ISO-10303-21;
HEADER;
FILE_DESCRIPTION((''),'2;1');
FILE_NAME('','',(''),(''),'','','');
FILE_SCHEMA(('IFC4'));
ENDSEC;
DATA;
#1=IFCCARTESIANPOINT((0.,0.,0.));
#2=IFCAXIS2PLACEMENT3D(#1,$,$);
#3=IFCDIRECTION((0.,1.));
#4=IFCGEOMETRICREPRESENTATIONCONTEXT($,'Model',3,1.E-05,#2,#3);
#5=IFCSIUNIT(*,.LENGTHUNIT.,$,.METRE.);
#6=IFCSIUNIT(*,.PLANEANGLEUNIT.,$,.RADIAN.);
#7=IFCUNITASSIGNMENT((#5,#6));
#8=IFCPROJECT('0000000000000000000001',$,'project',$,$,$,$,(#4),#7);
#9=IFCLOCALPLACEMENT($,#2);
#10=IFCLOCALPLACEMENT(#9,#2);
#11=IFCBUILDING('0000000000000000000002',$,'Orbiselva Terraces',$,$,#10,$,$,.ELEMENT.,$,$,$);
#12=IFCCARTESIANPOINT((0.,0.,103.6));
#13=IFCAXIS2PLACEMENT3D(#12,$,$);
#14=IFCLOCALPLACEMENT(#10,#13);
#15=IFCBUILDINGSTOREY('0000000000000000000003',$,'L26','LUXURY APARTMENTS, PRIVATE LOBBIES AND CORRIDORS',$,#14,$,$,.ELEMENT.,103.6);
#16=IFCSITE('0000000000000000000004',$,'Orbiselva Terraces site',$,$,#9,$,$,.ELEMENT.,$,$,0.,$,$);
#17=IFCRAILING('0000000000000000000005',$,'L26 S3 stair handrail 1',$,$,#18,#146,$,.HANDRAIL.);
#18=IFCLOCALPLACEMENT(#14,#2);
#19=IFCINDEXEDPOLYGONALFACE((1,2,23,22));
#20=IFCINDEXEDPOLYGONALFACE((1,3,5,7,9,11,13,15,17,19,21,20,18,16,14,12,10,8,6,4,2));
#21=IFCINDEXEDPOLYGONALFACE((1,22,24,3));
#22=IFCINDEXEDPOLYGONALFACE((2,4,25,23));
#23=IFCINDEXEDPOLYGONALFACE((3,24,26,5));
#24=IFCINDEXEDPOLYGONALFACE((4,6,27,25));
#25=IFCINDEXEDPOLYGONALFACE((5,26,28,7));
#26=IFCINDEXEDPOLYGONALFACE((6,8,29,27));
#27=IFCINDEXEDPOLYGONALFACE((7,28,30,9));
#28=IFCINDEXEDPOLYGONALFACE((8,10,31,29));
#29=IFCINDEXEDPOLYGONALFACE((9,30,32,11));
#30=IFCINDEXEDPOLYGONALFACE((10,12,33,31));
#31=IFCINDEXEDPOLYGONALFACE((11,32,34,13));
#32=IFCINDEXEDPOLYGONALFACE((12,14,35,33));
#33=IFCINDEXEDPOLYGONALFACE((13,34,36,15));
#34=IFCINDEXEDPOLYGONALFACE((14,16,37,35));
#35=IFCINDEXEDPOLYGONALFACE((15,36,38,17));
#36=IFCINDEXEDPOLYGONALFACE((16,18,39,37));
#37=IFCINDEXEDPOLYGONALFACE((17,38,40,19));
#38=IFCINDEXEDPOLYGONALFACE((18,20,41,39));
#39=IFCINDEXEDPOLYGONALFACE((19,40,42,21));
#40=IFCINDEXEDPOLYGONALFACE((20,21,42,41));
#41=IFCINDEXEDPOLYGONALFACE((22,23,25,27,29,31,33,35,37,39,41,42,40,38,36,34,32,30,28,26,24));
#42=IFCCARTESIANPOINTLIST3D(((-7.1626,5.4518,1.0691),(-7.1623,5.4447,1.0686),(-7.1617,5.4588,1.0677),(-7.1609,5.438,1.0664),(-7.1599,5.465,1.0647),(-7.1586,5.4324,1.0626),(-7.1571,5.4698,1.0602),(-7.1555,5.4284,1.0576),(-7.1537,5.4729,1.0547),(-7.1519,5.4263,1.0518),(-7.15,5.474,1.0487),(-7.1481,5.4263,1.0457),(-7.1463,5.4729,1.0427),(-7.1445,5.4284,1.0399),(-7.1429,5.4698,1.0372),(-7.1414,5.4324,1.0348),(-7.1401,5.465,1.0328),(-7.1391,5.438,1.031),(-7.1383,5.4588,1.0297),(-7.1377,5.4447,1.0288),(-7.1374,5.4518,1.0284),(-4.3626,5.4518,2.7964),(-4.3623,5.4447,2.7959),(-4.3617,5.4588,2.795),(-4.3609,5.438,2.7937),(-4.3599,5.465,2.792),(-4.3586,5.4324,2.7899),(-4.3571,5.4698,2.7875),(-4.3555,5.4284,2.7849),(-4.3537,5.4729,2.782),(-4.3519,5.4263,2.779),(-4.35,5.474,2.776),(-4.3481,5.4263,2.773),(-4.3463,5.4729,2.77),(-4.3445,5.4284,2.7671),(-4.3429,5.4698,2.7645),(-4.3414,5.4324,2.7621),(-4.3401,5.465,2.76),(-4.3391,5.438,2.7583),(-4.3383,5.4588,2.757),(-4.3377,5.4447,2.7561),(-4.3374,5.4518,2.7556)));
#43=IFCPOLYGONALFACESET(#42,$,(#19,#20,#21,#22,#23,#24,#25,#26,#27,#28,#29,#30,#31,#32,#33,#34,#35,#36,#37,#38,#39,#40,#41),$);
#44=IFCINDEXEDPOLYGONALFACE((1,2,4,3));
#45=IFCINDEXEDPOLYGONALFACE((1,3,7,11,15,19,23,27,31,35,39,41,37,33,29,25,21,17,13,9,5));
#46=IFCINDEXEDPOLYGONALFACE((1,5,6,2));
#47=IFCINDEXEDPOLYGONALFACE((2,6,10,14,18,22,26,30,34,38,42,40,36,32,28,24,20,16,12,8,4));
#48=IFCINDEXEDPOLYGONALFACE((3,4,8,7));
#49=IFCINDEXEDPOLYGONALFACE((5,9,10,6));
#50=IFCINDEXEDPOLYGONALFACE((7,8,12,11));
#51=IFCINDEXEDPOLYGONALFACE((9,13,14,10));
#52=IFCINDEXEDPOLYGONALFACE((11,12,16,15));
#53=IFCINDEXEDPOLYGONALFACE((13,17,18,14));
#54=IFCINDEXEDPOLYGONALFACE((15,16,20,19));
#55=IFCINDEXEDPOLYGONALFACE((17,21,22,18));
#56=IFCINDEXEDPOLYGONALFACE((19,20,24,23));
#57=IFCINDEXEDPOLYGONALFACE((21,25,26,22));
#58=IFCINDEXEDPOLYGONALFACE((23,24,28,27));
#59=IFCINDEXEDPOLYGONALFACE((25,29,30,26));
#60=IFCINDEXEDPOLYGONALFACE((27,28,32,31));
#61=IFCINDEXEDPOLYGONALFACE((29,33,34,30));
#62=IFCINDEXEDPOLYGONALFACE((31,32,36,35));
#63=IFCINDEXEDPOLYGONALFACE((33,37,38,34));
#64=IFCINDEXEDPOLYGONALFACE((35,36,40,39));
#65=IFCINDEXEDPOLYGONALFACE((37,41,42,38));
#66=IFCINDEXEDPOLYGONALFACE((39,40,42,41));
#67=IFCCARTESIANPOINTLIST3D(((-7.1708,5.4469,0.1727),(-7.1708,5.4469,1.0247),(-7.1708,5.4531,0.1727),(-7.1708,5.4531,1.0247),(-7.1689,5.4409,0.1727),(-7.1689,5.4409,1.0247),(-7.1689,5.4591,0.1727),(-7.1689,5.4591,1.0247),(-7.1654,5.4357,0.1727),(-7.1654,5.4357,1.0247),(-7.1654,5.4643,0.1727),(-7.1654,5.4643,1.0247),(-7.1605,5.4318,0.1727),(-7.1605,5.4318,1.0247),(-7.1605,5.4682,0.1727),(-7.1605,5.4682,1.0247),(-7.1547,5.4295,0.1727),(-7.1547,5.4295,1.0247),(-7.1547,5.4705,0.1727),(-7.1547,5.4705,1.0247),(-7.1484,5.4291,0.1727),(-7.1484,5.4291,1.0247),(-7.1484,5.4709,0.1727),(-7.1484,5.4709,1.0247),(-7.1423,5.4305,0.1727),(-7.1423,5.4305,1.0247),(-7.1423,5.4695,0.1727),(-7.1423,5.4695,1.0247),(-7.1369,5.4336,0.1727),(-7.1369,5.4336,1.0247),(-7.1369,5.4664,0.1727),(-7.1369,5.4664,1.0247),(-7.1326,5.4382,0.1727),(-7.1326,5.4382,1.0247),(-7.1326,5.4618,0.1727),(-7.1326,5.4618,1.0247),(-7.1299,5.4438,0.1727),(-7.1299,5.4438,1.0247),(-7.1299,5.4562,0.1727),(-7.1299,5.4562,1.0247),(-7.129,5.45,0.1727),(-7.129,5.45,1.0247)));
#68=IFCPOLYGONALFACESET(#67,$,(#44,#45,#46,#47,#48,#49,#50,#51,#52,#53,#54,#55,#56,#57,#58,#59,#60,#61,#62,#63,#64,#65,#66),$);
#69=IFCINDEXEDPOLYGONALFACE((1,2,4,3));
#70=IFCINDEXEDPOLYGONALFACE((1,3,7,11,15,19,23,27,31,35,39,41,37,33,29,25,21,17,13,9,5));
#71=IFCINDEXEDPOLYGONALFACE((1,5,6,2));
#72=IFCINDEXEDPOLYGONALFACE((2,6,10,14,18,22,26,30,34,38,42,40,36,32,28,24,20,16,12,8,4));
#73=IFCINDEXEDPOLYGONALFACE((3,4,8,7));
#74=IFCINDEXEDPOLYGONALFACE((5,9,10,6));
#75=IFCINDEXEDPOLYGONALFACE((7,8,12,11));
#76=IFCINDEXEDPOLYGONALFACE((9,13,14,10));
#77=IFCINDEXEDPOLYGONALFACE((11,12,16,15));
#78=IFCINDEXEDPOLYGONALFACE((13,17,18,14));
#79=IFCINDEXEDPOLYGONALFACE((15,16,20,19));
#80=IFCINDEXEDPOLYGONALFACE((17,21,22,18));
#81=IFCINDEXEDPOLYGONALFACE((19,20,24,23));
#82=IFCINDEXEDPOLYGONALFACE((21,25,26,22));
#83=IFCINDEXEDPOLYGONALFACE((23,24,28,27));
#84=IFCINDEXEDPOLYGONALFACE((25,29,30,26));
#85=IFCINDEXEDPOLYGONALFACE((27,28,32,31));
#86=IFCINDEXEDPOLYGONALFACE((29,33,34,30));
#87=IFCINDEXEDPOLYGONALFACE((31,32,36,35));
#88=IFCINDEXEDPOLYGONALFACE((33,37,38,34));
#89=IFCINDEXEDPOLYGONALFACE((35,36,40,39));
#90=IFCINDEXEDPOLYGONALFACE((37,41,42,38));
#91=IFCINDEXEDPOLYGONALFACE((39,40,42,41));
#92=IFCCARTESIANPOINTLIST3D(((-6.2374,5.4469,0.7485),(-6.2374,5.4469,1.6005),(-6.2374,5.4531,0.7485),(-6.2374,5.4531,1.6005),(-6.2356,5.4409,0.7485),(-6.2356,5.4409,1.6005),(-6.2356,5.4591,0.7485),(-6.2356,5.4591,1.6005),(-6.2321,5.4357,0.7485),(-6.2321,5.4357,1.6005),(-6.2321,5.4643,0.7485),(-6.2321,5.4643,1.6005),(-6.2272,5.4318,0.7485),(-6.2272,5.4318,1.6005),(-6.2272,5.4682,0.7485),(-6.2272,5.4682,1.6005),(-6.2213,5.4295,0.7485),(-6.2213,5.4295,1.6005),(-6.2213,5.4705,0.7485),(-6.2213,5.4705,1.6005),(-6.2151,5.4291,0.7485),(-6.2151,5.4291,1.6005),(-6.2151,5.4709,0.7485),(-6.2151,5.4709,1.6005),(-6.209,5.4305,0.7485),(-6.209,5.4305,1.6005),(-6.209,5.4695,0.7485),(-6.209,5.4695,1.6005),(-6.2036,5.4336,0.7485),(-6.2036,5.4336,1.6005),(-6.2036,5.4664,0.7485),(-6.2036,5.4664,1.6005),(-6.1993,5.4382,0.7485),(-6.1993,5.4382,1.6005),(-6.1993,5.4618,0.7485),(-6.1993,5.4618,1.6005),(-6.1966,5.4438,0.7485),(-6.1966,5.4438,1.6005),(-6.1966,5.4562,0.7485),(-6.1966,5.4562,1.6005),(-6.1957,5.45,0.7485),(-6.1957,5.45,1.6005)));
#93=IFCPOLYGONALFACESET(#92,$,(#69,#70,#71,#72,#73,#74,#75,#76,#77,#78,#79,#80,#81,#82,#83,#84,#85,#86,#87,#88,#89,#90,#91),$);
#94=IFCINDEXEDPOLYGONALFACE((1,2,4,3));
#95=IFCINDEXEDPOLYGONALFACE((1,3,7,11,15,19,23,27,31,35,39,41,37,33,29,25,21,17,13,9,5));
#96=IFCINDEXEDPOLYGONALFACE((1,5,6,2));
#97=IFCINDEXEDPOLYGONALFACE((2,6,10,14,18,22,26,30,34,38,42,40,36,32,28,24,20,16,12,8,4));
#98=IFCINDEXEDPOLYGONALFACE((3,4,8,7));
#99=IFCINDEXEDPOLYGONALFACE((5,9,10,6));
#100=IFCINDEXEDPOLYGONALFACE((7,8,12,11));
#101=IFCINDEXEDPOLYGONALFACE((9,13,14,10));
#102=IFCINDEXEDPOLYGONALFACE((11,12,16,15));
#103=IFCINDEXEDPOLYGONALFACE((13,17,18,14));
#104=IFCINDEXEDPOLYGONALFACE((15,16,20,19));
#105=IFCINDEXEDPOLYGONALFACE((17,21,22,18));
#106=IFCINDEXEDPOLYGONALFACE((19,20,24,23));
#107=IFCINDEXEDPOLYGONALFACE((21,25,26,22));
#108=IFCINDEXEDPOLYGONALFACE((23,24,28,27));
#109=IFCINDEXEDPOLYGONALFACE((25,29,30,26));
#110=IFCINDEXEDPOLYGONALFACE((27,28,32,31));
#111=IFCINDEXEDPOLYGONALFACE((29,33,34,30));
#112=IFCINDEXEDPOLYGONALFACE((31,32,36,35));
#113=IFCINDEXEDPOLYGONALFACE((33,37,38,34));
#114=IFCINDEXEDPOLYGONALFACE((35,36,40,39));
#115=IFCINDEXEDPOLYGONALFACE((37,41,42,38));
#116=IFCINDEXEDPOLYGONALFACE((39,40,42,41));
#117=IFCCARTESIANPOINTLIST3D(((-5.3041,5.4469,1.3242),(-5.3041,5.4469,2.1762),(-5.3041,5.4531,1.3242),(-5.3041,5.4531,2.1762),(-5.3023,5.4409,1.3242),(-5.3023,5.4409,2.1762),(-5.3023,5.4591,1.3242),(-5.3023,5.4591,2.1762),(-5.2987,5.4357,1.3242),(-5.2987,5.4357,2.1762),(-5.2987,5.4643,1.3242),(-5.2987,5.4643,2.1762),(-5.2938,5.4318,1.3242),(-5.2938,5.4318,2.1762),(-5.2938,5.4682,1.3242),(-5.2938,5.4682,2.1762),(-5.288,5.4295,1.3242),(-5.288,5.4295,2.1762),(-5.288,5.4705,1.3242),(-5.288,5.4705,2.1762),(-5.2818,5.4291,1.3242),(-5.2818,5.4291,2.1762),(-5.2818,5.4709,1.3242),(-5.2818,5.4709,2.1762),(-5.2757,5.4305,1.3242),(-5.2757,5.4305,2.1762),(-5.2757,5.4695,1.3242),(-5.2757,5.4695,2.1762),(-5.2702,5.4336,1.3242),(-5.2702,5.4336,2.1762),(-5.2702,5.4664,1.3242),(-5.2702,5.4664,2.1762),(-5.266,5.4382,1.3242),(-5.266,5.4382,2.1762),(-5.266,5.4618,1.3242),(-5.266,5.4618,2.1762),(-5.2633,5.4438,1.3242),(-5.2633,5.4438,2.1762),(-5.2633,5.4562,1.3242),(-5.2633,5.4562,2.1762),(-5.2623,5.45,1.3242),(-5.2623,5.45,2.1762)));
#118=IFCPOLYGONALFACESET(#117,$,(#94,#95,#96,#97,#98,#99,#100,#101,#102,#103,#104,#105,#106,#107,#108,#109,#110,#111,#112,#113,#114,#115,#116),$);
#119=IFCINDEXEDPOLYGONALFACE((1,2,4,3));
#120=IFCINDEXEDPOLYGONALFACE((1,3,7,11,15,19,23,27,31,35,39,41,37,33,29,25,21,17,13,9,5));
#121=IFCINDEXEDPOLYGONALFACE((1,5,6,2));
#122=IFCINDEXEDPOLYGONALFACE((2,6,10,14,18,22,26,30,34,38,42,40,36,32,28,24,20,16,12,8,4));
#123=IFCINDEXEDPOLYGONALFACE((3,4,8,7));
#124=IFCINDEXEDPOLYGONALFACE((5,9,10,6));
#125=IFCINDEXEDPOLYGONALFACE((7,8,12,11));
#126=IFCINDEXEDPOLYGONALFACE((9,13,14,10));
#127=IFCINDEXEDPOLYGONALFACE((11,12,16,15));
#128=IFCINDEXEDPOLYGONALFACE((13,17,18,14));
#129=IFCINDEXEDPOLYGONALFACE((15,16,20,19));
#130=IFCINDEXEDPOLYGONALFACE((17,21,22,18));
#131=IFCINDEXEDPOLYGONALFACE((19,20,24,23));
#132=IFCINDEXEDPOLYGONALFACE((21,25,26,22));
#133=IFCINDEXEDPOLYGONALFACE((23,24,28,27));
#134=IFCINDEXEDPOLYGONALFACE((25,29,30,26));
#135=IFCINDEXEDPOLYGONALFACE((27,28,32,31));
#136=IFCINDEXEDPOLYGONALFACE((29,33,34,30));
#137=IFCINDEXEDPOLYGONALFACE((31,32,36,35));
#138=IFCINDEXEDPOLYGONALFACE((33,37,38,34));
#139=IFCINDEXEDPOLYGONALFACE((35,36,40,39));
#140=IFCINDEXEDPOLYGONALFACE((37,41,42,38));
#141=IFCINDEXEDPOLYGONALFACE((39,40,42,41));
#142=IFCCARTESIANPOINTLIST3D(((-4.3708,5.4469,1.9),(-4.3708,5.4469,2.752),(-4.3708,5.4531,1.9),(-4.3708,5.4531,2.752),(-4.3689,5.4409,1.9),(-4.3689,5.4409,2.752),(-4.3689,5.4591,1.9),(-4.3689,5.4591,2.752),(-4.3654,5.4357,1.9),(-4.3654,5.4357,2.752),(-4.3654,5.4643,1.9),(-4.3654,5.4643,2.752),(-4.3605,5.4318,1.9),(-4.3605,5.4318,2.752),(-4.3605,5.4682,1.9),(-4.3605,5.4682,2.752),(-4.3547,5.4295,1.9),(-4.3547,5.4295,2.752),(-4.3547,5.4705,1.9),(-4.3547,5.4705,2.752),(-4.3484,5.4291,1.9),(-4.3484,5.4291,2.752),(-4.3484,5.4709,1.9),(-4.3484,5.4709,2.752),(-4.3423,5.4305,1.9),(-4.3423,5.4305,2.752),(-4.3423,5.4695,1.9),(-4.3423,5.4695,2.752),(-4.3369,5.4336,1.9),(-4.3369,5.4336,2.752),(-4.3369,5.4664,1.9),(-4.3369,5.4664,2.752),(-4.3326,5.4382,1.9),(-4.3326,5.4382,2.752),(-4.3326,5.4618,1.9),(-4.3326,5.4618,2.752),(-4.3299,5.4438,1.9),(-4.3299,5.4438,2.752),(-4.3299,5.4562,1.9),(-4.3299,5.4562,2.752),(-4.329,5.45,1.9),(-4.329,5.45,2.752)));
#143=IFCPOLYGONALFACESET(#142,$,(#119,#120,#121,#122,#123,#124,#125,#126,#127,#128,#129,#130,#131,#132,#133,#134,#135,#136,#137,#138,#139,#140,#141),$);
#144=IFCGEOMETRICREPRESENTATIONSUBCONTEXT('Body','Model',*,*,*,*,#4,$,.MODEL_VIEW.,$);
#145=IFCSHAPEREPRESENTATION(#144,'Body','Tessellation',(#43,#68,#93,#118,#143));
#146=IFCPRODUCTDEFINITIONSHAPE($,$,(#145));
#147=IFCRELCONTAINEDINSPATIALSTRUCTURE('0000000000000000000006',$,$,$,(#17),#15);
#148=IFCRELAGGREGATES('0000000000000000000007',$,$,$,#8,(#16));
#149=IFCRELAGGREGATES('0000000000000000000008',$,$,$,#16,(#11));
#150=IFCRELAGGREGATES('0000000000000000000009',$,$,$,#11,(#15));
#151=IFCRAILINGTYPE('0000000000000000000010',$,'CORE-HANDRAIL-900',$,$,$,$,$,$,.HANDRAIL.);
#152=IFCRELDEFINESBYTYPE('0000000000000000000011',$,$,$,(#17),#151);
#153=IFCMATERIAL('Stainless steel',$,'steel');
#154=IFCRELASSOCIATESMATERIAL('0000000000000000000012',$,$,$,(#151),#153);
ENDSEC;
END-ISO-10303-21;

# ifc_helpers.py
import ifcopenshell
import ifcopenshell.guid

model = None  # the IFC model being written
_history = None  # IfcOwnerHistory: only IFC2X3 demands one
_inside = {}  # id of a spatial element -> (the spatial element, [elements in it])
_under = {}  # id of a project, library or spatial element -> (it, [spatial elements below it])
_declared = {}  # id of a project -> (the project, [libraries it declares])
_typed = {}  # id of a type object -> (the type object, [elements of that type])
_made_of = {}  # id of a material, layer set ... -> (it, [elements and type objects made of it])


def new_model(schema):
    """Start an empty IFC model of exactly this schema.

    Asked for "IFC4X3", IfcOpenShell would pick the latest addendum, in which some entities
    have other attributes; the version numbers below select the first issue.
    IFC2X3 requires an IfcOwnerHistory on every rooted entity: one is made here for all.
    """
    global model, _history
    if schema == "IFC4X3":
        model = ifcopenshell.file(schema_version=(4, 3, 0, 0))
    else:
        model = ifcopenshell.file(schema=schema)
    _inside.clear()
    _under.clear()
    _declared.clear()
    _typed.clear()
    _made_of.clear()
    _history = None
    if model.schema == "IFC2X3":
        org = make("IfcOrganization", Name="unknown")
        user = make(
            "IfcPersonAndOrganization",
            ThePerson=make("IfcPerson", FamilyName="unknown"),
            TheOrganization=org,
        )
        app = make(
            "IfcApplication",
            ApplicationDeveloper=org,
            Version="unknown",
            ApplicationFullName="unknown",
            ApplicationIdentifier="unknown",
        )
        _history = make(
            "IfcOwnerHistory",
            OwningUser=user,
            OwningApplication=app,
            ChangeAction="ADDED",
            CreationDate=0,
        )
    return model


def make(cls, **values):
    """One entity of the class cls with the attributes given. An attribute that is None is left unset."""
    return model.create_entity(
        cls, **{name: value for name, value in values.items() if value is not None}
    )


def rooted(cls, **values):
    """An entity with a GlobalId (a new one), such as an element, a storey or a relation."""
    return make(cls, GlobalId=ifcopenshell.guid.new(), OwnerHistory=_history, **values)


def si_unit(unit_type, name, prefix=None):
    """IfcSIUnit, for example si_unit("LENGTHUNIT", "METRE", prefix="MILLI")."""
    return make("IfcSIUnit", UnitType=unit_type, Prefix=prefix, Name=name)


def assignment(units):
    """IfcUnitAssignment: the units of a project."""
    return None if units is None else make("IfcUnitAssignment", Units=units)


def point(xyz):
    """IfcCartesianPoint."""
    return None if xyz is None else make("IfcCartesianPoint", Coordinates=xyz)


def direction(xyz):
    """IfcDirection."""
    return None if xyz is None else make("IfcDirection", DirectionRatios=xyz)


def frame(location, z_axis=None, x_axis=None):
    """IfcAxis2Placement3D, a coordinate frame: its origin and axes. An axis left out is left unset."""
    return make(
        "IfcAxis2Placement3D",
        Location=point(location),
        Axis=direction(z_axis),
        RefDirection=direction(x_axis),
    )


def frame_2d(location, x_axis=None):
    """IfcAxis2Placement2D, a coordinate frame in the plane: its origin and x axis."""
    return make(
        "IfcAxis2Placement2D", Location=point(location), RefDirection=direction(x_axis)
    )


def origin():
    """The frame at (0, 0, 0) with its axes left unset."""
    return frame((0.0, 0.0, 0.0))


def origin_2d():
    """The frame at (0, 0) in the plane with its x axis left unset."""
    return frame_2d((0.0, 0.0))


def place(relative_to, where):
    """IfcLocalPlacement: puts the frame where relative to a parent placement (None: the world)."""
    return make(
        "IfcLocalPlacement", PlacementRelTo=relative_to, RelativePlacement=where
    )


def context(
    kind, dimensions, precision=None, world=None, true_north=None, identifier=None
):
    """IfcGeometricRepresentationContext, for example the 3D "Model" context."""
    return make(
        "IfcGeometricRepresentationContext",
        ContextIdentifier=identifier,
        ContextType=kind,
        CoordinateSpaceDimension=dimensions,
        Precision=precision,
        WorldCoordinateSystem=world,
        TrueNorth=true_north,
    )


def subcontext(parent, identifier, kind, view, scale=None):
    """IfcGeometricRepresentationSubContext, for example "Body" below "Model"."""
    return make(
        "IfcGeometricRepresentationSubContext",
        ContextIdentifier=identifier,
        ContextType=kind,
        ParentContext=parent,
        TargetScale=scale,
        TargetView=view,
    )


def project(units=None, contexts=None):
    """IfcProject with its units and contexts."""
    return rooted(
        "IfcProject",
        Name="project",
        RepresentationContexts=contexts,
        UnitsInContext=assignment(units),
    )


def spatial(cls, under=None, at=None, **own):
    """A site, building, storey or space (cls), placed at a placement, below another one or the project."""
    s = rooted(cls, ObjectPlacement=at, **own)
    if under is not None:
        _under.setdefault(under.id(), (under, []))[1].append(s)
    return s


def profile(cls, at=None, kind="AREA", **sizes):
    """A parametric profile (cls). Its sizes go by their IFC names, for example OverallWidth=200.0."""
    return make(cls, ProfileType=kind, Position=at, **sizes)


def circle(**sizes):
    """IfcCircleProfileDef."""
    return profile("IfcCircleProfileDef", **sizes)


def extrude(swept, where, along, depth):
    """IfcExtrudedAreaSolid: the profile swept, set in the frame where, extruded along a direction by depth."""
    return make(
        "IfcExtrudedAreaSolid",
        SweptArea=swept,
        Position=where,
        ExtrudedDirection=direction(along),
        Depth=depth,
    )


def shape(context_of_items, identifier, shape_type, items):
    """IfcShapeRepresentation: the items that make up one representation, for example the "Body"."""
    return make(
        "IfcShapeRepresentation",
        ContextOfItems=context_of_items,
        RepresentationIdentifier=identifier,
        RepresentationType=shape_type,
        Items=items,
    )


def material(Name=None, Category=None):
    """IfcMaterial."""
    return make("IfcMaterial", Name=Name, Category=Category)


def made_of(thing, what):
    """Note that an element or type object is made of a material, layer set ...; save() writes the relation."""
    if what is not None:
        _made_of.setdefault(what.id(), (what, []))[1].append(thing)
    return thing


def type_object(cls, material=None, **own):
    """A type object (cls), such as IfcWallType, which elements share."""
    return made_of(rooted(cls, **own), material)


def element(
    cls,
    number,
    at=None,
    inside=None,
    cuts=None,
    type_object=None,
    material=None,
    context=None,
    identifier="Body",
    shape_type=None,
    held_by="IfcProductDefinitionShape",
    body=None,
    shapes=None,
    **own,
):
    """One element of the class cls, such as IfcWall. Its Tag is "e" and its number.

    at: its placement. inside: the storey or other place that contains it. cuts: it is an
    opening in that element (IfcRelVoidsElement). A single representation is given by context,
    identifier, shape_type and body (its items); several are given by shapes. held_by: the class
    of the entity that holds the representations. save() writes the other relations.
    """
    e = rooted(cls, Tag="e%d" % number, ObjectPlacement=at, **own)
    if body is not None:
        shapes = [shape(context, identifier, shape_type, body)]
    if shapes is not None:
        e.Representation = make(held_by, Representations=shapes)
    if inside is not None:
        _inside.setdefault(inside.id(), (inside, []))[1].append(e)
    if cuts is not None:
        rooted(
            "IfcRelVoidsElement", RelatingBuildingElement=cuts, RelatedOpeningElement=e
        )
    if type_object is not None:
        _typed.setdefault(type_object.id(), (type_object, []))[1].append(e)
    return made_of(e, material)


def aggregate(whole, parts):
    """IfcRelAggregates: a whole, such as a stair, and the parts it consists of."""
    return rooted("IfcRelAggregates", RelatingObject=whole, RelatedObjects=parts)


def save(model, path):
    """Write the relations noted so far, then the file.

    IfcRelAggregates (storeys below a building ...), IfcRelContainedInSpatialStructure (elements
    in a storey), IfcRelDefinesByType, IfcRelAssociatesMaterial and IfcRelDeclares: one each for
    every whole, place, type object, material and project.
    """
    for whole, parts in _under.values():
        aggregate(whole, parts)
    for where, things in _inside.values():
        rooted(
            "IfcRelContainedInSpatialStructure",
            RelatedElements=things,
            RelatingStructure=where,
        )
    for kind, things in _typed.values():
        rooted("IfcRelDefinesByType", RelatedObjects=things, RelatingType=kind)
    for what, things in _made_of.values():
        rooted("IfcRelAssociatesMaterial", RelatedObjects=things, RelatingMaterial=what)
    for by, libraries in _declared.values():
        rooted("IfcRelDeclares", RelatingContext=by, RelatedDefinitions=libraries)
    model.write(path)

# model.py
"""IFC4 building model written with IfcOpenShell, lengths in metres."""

from ifc_helpers import new_model, si_unit, direction, frame, origin, origin_2d, place, context, subcontext, project, spatial, circle, extrude, material, type_object, element, save


model = new_model("IFC4")

# Units and contexts
model_context = context("Model", 3, precision=1e-05, world=origin(), true_north=direction((0.0, 1.0)))
body_context = subcontext(model_context, "Body", "Model", "MODEL_VIEW")
ifc_project = project(units=[si_unit("LENGTHUNIT", "METRE"), si_unit("PLANEANGLEUNIT", "RADIAN")], contexts=[model_context])

# Site, building, storey
site_placement = place(None, origin())
site = spatial("IfcSite", under=ifc_project, at=site_placement, Name="Orbiselva Terraces site", CompositionType="ELEMENT", RefElevation=0.0)
building_placement = place(site_placement, origin())
building = spatial("IfcBuilding", under=site, at=building_placement, Name="Orbiselva Terraces", CompositionType="ELEMENT")
storey_placement = place(building_placement, frame((0.0, 0.0, 103.6)))
storey = spatial("IfcBuildingStorey", under=building, at=storey_placement, Name="L26", Description="LUXURY APARTMENTS, PRIVATE LOBBIES AND CORRIDORS", CompositionType="ELEMENT", Elevation=103.6)

# Railing
ifc_material_1 = material(Name="Stainless steel", Category="steel")
railing_type_1 = type_object("IfcRailingType", Name="CORE-HANDRAIL-900", PredefinedType="HANDRAIL", material=ifc_material_1)
railing_1_placement = place(storey_placement, frame((-7.15, 5.45, 0.1727)))
element("IfcRailing", 1, at=railing_1_placement, inside=storey, type_object=railing_type_1, Name="L26 S3 stair handrail 1", PredefinedType="HANDRAIL", context=body_context, shape_type="SweptSolid", body=[
    extrude(circle(Radius=0.024, at=origin_2d()), frame((0.0, 0.0, 0.876), z_axis=(0.851089, 0.0, 0.525022), x_axis=(0.0, 1.0, 0.0)), (0.0, 0.0, 1.0), 3.2899),
    extrude(circle(Radius=0.021, at=origin_2d()), origin(), (0.0, 0.0, 1.0), 0.852),
    extrude(circle(Radius=0.021, at=origin_2d()), frame((0.9333, 0.0, 0.5758)), (0.0, 0.0, 1.0), 0.852),
    extrude(circle(Radius=0.021, at=origin_2d()), frame((1.8667, 0.0, 1.1515)), (0.0, 0.0, 1.0), 0.852),
    extrude(circle(Radius=0.021, at=origin_2d()), frame((2.8, 0.0, 1.7273)), (0.0, 0.0, 1.0), 0.852),
])

save(model, "model.ifc")
